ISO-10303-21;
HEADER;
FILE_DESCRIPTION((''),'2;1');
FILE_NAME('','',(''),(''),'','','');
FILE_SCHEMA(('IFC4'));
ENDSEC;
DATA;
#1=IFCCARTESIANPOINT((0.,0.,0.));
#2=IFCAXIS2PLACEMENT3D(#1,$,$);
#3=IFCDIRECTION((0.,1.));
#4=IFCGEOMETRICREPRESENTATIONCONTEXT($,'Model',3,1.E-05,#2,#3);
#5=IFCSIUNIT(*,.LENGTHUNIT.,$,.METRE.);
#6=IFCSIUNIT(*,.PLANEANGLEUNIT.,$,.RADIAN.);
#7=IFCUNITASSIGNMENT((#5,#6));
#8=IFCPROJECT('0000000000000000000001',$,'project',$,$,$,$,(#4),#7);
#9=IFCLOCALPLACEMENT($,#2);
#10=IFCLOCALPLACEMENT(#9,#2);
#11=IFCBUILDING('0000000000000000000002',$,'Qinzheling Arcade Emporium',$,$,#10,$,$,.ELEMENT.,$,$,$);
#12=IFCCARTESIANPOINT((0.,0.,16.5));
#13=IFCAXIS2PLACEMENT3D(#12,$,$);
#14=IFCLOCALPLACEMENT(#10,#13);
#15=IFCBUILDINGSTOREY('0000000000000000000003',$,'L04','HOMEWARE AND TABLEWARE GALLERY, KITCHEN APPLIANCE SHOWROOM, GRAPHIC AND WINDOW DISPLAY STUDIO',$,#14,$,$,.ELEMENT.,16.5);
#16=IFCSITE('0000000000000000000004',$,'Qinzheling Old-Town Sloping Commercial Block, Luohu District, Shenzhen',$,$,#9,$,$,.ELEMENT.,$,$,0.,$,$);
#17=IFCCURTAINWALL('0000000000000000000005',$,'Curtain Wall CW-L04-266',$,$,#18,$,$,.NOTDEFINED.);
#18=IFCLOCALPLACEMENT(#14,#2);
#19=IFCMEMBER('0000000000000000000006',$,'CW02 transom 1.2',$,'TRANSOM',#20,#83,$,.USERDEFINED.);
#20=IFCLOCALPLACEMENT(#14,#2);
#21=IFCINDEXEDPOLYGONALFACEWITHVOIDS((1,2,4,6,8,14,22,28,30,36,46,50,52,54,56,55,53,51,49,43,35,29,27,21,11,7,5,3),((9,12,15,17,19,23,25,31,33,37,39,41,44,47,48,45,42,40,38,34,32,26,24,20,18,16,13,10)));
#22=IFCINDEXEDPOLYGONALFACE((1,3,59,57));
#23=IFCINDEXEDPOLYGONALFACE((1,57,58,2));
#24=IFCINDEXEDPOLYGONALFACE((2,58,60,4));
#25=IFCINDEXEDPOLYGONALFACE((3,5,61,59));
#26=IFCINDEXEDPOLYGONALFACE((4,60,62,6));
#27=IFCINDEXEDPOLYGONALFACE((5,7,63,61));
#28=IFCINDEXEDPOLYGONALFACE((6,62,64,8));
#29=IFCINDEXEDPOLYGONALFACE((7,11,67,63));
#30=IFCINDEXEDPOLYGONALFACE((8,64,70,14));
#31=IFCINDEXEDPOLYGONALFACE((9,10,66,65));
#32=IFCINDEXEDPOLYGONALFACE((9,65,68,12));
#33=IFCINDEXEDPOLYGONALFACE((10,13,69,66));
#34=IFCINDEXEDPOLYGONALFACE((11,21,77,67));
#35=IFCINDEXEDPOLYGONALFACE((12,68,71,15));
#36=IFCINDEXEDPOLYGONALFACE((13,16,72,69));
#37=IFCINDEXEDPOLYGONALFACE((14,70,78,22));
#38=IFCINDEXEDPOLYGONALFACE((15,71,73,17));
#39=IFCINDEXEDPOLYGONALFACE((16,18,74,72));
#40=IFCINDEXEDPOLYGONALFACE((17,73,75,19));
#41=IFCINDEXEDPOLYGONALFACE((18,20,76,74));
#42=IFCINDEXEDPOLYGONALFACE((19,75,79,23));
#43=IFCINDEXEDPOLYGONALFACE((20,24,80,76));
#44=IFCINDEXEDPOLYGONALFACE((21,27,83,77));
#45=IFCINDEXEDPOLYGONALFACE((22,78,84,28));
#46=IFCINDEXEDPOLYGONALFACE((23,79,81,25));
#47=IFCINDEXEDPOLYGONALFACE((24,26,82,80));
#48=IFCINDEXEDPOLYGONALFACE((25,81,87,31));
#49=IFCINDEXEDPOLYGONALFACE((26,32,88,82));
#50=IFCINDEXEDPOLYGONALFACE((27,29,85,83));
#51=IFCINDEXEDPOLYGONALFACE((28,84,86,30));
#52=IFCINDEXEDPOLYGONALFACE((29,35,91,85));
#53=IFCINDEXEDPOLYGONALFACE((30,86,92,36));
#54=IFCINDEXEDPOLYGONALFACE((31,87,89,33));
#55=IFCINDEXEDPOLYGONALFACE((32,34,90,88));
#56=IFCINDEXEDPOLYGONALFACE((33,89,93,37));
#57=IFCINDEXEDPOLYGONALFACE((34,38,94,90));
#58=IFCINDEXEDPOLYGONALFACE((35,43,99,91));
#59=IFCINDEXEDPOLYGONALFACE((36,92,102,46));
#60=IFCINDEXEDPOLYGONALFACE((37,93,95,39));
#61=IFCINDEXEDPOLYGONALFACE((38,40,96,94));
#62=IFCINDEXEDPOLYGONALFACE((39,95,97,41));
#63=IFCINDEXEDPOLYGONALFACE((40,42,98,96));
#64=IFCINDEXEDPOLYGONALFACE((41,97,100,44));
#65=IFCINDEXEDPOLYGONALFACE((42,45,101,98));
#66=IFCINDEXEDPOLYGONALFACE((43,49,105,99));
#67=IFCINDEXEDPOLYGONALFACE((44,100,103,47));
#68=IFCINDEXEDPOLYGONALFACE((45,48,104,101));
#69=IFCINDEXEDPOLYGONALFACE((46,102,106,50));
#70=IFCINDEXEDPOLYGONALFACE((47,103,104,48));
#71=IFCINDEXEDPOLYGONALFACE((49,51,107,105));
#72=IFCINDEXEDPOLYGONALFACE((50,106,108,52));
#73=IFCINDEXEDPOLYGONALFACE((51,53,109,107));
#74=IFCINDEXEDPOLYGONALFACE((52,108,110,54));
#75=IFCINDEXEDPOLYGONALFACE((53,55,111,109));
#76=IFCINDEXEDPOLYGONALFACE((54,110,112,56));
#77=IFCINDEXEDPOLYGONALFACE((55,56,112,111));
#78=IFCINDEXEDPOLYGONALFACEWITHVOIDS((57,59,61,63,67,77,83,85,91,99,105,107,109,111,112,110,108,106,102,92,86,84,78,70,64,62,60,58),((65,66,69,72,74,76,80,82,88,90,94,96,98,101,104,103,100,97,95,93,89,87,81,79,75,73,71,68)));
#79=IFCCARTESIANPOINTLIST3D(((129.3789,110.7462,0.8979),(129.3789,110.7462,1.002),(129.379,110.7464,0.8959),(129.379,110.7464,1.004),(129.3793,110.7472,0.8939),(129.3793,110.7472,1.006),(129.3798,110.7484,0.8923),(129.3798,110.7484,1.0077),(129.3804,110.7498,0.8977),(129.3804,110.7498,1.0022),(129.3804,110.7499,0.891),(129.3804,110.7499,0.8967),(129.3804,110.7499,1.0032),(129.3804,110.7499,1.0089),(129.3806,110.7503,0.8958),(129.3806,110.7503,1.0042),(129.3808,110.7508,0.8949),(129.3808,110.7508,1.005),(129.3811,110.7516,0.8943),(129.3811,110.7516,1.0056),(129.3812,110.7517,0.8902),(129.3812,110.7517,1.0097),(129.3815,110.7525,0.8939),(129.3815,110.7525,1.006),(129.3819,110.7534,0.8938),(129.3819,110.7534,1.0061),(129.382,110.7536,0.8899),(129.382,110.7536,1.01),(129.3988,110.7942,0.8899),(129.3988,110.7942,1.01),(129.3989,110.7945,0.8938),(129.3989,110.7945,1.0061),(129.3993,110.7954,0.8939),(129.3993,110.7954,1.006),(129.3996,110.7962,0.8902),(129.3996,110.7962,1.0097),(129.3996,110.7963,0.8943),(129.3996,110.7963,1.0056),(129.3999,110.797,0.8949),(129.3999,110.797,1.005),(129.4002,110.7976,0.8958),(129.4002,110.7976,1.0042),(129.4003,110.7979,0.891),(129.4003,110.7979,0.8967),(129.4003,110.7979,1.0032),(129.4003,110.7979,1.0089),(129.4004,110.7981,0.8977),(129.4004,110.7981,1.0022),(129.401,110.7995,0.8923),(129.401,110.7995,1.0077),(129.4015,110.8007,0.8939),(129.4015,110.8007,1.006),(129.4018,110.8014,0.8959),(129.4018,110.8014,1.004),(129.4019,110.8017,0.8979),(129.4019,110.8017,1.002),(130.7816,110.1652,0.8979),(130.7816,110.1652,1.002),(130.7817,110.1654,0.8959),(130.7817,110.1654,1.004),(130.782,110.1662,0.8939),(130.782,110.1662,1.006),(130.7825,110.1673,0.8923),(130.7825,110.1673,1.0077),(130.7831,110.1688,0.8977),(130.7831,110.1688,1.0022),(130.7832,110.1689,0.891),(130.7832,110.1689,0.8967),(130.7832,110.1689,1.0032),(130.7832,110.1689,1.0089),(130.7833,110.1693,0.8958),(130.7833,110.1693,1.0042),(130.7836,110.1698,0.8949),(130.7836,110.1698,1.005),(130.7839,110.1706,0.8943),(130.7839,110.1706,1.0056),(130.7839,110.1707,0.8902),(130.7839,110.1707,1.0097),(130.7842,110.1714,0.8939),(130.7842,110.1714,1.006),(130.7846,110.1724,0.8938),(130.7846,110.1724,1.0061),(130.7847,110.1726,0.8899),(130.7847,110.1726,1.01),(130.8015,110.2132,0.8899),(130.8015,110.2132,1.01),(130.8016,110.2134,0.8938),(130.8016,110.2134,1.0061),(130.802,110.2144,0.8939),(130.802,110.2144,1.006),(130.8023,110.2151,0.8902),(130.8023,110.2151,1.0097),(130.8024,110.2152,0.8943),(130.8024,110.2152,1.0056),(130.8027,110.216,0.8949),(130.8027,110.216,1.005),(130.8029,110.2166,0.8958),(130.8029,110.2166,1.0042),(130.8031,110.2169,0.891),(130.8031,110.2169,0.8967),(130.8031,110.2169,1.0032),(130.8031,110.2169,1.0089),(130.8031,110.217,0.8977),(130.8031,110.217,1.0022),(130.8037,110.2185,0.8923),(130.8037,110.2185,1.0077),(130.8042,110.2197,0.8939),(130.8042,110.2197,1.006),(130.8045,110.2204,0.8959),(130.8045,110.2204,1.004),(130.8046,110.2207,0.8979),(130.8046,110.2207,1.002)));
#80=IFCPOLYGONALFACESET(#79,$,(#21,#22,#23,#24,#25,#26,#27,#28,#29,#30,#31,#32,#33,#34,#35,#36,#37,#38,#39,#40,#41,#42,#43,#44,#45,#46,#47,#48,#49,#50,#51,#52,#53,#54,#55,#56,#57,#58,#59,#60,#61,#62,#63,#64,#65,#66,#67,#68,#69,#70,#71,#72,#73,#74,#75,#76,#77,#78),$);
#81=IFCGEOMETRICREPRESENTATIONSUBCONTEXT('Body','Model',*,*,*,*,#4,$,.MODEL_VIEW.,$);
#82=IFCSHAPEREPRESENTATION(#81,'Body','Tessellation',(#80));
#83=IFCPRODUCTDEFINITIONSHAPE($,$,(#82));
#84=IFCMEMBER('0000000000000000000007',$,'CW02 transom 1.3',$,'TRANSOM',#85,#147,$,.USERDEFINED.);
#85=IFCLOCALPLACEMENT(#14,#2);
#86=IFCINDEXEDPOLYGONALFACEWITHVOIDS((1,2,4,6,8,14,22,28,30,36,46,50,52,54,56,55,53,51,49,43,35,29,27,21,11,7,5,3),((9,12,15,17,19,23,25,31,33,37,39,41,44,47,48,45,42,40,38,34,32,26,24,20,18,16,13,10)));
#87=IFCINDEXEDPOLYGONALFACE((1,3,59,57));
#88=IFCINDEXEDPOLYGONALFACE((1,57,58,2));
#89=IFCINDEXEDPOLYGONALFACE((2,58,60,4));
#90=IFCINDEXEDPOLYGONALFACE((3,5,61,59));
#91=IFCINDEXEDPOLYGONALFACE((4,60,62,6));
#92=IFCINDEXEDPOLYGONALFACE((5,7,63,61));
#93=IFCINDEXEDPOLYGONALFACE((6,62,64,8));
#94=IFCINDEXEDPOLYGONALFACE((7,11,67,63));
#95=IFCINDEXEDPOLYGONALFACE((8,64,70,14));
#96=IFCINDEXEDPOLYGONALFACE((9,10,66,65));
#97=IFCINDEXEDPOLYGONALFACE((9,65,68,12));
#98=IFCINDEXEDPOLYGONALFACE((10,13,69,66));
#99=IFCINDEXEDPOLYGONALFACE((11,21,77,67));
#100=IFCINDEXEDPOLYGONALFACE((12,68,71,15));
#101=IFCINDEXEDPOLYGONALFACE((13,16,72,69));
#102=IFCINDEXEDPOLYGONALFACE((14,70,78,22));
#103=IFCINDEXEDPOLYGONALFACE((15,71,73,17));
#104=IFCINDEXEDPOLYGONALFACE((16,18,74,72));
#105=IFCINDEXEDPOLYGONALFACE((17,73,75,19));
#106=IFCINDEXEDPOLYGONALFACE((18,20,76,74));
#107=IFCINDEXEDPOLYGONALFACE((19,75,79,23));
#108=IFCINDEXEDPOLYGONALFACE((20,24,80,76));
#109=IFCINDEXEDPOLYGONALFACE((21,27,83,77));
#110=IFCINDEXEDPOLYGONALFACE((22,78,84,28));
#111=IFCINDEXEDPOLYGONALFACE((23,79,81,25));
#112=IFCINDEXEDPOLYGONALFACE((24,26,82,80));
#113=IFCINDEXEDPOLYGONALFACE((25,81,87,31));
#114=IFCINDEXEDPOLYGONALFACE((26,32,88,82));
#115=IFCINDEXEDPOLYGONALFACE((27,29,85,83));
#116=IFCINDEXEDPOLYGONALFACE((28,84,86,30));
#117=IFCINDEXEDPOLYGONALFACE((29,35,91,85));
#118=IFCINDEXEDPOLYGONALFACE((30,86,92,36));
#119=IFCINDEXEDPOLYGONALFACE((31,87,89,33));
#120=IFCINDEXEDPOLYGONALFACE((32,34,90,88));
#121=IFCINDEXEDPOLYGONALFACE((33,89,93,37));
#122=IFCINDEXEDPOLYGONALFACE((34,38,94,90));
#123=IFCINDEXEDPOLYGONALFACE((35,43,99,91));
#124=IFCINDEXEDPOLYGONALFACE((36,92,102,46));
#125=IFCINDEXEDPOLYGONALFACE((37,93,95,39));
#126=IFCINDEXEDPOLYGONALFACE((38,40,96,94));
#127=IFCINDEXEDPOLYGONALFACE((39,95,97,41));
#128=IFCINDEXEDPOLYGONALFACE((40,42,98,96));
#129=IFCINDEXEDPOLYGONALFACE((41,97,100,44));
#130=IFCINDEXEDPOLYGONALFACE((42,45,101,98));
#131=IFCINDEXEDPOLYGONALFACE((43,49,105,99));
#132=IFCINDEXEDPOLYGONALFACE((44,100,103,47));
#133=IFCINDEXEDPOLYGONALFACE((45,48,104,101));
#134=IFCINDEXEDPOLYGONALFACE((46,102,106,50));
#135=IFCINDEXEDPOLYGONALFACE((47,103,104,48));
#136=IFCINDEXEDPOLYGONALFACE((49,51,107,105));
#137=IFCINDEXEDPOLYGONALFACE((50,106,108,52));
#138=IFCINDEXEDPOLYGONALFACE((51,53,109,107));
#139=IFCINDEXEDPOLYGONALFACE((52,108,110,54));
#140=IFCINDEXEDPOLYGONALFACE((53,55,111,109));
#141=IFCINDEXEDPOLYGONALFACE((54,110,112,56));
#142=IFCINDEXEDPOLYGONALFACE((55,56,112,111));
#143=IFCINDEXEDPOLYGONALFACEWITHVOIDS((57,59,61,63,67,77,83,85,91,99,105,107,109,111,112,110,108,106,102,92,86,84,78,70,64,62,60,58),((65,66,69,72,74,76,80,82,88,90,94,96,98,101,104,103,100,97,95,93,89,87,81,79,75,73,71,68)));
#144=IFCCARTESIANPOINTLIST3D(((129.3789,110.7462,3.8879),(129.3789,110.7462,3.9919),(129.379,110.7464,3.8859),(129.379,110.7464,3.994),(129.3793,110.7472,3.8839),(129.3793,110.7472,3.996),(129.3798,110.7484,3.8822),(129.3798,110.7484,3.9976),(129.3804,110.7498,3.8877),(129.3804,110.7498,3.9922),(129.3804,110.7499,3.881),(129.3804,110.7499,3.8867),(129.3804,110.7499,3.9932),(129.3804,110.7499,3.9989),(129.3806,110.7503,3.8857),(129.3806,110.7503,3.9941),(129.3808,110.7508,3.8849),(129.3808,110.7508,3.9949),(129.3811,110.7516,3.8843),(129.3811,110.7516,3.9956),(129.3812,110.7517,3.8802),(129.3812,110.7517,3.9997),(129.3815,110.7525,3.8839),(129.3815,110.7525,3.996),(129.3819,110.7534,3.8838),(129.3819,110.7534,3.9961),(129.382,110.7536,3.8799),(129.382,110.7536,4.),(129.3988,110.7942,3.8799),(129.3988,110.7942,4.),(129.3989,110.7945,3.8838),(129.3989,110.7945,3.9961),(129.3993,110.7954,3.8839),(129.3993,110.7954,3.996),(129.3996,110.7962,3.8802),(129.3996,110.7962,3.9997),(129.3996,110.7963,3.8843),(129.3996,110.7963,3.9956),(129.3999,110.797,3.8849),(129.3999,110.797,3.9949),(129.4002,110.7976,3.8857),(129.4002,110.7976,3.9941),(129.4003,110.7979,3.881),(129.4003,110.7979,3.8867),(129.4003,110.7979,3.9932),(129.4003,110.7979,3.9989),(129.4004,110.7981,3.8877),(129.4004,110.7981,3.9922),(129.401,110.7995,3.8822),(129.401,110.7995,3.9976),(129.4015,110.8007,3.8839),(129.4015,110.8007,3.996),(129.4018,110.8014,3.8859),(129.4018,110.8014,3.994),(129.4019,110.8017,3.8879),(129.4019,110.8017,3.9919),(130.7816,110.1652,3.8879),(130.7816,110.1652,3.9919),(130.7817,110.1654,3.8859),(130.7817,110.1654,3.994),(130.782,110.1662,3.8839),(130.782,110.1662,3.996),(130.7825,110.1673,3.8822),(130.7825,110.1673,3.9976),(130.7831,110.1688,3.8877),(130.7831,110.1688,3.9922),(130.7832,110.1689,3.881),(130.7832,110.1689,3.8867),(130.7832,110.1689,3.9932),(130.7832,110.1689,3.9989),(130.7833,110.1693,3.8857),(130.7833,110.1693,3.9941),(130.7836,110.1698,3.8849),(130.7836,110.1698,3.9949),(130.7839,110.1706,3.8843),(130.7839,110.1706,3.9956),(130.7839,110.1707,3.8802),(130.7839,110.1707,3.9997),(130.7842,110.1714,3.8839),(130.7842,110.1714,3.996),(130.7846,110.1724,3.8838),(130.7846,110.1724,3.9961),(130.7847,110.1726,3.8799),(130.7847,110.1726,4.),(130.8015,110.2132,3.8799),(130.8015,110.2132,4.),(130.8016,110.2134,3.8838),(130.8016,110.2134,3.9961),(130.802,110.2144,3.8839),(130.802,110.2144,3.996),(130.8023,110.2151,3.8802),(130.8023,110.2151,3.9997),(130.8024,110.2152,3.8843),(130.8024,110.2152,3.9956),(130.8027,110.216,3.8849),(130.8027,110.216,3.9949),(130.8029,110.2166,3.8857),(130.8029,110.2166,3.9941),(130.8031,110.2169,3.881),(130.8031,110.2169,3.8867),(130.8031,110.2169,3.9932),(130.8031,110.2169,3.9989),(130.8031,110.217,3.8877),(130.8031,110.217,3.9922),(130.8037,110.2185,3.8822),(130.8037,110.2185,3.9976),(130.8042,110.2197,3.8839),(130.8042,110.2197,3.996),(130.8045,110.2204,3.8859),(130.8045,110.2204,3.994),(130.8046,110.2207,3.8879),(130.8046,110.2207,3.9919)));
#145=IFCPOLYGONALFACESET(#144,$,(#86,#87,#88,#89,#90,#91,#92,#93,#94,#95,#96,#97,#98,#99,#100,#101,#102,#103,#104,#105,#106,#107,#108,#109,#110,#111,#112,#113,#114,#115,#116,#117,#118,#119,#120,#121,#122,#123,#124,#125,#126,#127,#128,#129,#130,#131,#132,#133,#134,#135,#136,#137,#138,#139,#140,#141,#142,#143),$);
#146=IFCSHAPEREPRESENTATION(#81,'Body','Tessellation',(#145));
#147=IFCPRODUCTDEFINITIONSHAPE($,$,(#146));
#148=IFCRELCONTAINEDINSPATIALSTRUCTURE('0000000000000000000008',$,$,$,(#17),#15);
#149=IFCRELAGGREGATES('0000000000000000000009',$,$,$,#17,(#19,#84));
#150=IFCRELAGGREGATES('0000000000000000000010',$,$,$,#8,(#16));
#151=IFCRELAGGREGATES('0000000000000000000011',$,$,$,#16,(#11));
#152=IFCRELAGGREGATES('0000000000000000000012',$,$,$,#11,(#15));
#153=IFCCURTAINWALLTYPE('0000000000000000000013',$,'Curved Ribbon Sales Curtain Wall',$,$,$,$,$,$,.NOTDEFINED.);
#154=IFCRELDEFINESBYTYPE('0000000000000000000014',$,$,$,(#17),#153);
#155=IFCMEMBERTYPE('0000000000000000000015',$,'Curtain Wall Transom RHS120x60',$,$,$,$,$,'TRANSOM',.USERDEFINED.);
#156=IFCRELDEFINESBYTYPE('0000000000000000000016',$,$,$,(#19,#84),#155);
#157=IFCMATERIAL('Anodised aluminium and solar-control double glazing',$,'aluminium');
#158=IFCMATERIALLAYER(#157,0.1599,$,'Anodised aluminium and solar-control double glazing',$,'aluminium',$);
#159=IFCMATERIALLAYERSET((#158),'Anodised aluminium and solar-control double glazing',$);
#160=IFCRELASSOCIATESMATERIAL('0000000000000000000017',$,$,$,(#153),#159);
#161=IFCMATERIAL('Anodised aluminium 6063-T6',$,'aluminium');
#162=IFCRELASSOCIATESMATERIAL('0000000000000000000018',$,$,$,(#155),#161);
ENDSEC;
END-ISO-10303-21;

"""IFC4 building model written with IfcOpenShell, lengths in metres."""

from ifc_helpers import new_model, si_unit, direction, frame, origin, origin_2d, place, context, subcontext, project, spatial, hollow_rectangle, extrude, material, layer, layer_set, material_profile, profile_set, type_object, element, aggregate, save


model = new_model("IFC4")

# Units and contexts
model_context = context("Model", 3, precision=1e-05, world=origin(), true_north=direction((0.0, 1.0)))
body_context = subcontext(model_context, "Body", "Model", "MODEL_VIEW")
ifc_project = project(units=[si_unit("LENGTHUNIT", "METRE"), si_unit("PLANEANGLEUNIT", "RADIAN")], contexts=[model_context])

# Site, building, storey
site_placement = place(None, origin())
site = spatial("IfcSite", under=ifc_project, at=site_placement, Name="Qinzheling Old-Town Sloping Commercial Block, Luohu District, Shenzhen", CompositionType="ELEMENT", RefElevation=0.0)
building_placement = place(site_placement, origin())
building = spatial("IfcBuilding", under=site, at=building_placement, Name="Qinzheling Arcade Emporium", CompositionType="ELEMENT")
storey_placement = place(building_placement, frame((0.0, 0.0, 16.5)))
storey = spatial("IfcBuildingStorey", under=building, at=storey_placement, Name="L04", Description="HOMEWARE AND TABLEWARE GALLERY, KITCHEN APPLIANCE SHOWROOM, GRAPHIC AND WINDOW DISPLAY STUDIO", CompositionType="ELEMENT", Elevation=16.5)

# Curtain wall
ifc_material_1 = material(Name="Anodised aluminium and solar-control double glazing", Category="aluminium")
ifc_layer_1 = layer(ifc_material_1, 0.1599, Name="Anodised aluminium and solar-control double glazing", Category="aluminium")
ifc_layer_set_1 = layer_set([ifc_layer_1], Name="Anodised aluminium and solar-control double glazing")
curtain_wall_type = type_object("IfcCurtainWallType", Name="Curved Ribbon Sales Curtain Wall", PredefinedType="NOTDEFINED", material=ifc_layer_set_1)
curtain_wall_1_placement = place(storey_placement, origin())
curtain_wall_1 = element("IfcCurtainWall", 1, at=curtain_wall_1_placement, inside=storey, type_object=curtain_wall_type, Name="Curtain Wall CW-L04-266", PredefinedType="NOTDEFINED")
ifc_material_2 = material(Name="Anodised aluminium 6063-T6", Category="aluminium")

# Members
ifc_material_profile_1 = material_profile(ifc_material_2, hollow_rectangle(XDim=0.0601, YDim=0.1201, WallThickness=0.0039, InnerFilletRadius=0.0039, OuterFilletRadius=0.0081, at=origin_2d()), Name="RHS 120x60x4", Category="aluminium")
ifc_profile_set_1 = profile_set([ifc_material_profile_1], Name="Anodised aluminium 6063-T6")
member_type_1 = type_object("IfcMemberType", Name="Curtain Wall Transom RHS120x60", ElementType="TRANSOM", PredefinedType="USERDEFINED", material=ifc_profile_set_1)
member_1_placement = place(storey_placement, frame((129.3904, 110.7739, 0.95), z_axis=(0.923884, -0.382674, 0.0), x_axis=(0.382674, 0.923884, 0.0)))
member_1 = element("IfcMember", 2, at=member_1_placement, type_object=member_type_1, Name="CW02 transom 1.2", ObjectType="TRANSOM", PredefinedType="USERDEFINED", context=body_context, shape_type="SweptSolid", body=[
    extrude(hollow_rectangle(XDim=0.0601, YDim=0.1201, WallThickness=0.0039, InnerFilletRadius=0.0039, OuterFilletRadius=0.0081, at=origin_2d()), origin(), (0.0, 0.0, 1.0), 1.5183),
])
member_2_placement = place(storey_placement, frame((129.3904, 110.7739, 3.9399), z_axis=(0.923884, -0.382674, 0.0), x_axis=(0.382674, 0.923884, 0.0)))
member_2 = element("IfcMember", 3, at=member_2_placement, type_object=member_type_1, Name="CW02 transom 1.3", ObjectType="TRANSOM", PredefinedType="USERDEFINED", context=body_context, shape_type="SweptSolid", body=[
    extrude(hollow_rectangle(XDim=0.0601, YDim=0.1201, WallThickness=0.0039, InnerFilletRadius=0.0039, OuterFilletRadius=0.0081, at=origin_2d()), origin(), (0.0, 0.0, 1.0), 1.5183),
])

aggregate(curtain_wall_1, [member_1, member_2])

save(model, "model.ifc")
